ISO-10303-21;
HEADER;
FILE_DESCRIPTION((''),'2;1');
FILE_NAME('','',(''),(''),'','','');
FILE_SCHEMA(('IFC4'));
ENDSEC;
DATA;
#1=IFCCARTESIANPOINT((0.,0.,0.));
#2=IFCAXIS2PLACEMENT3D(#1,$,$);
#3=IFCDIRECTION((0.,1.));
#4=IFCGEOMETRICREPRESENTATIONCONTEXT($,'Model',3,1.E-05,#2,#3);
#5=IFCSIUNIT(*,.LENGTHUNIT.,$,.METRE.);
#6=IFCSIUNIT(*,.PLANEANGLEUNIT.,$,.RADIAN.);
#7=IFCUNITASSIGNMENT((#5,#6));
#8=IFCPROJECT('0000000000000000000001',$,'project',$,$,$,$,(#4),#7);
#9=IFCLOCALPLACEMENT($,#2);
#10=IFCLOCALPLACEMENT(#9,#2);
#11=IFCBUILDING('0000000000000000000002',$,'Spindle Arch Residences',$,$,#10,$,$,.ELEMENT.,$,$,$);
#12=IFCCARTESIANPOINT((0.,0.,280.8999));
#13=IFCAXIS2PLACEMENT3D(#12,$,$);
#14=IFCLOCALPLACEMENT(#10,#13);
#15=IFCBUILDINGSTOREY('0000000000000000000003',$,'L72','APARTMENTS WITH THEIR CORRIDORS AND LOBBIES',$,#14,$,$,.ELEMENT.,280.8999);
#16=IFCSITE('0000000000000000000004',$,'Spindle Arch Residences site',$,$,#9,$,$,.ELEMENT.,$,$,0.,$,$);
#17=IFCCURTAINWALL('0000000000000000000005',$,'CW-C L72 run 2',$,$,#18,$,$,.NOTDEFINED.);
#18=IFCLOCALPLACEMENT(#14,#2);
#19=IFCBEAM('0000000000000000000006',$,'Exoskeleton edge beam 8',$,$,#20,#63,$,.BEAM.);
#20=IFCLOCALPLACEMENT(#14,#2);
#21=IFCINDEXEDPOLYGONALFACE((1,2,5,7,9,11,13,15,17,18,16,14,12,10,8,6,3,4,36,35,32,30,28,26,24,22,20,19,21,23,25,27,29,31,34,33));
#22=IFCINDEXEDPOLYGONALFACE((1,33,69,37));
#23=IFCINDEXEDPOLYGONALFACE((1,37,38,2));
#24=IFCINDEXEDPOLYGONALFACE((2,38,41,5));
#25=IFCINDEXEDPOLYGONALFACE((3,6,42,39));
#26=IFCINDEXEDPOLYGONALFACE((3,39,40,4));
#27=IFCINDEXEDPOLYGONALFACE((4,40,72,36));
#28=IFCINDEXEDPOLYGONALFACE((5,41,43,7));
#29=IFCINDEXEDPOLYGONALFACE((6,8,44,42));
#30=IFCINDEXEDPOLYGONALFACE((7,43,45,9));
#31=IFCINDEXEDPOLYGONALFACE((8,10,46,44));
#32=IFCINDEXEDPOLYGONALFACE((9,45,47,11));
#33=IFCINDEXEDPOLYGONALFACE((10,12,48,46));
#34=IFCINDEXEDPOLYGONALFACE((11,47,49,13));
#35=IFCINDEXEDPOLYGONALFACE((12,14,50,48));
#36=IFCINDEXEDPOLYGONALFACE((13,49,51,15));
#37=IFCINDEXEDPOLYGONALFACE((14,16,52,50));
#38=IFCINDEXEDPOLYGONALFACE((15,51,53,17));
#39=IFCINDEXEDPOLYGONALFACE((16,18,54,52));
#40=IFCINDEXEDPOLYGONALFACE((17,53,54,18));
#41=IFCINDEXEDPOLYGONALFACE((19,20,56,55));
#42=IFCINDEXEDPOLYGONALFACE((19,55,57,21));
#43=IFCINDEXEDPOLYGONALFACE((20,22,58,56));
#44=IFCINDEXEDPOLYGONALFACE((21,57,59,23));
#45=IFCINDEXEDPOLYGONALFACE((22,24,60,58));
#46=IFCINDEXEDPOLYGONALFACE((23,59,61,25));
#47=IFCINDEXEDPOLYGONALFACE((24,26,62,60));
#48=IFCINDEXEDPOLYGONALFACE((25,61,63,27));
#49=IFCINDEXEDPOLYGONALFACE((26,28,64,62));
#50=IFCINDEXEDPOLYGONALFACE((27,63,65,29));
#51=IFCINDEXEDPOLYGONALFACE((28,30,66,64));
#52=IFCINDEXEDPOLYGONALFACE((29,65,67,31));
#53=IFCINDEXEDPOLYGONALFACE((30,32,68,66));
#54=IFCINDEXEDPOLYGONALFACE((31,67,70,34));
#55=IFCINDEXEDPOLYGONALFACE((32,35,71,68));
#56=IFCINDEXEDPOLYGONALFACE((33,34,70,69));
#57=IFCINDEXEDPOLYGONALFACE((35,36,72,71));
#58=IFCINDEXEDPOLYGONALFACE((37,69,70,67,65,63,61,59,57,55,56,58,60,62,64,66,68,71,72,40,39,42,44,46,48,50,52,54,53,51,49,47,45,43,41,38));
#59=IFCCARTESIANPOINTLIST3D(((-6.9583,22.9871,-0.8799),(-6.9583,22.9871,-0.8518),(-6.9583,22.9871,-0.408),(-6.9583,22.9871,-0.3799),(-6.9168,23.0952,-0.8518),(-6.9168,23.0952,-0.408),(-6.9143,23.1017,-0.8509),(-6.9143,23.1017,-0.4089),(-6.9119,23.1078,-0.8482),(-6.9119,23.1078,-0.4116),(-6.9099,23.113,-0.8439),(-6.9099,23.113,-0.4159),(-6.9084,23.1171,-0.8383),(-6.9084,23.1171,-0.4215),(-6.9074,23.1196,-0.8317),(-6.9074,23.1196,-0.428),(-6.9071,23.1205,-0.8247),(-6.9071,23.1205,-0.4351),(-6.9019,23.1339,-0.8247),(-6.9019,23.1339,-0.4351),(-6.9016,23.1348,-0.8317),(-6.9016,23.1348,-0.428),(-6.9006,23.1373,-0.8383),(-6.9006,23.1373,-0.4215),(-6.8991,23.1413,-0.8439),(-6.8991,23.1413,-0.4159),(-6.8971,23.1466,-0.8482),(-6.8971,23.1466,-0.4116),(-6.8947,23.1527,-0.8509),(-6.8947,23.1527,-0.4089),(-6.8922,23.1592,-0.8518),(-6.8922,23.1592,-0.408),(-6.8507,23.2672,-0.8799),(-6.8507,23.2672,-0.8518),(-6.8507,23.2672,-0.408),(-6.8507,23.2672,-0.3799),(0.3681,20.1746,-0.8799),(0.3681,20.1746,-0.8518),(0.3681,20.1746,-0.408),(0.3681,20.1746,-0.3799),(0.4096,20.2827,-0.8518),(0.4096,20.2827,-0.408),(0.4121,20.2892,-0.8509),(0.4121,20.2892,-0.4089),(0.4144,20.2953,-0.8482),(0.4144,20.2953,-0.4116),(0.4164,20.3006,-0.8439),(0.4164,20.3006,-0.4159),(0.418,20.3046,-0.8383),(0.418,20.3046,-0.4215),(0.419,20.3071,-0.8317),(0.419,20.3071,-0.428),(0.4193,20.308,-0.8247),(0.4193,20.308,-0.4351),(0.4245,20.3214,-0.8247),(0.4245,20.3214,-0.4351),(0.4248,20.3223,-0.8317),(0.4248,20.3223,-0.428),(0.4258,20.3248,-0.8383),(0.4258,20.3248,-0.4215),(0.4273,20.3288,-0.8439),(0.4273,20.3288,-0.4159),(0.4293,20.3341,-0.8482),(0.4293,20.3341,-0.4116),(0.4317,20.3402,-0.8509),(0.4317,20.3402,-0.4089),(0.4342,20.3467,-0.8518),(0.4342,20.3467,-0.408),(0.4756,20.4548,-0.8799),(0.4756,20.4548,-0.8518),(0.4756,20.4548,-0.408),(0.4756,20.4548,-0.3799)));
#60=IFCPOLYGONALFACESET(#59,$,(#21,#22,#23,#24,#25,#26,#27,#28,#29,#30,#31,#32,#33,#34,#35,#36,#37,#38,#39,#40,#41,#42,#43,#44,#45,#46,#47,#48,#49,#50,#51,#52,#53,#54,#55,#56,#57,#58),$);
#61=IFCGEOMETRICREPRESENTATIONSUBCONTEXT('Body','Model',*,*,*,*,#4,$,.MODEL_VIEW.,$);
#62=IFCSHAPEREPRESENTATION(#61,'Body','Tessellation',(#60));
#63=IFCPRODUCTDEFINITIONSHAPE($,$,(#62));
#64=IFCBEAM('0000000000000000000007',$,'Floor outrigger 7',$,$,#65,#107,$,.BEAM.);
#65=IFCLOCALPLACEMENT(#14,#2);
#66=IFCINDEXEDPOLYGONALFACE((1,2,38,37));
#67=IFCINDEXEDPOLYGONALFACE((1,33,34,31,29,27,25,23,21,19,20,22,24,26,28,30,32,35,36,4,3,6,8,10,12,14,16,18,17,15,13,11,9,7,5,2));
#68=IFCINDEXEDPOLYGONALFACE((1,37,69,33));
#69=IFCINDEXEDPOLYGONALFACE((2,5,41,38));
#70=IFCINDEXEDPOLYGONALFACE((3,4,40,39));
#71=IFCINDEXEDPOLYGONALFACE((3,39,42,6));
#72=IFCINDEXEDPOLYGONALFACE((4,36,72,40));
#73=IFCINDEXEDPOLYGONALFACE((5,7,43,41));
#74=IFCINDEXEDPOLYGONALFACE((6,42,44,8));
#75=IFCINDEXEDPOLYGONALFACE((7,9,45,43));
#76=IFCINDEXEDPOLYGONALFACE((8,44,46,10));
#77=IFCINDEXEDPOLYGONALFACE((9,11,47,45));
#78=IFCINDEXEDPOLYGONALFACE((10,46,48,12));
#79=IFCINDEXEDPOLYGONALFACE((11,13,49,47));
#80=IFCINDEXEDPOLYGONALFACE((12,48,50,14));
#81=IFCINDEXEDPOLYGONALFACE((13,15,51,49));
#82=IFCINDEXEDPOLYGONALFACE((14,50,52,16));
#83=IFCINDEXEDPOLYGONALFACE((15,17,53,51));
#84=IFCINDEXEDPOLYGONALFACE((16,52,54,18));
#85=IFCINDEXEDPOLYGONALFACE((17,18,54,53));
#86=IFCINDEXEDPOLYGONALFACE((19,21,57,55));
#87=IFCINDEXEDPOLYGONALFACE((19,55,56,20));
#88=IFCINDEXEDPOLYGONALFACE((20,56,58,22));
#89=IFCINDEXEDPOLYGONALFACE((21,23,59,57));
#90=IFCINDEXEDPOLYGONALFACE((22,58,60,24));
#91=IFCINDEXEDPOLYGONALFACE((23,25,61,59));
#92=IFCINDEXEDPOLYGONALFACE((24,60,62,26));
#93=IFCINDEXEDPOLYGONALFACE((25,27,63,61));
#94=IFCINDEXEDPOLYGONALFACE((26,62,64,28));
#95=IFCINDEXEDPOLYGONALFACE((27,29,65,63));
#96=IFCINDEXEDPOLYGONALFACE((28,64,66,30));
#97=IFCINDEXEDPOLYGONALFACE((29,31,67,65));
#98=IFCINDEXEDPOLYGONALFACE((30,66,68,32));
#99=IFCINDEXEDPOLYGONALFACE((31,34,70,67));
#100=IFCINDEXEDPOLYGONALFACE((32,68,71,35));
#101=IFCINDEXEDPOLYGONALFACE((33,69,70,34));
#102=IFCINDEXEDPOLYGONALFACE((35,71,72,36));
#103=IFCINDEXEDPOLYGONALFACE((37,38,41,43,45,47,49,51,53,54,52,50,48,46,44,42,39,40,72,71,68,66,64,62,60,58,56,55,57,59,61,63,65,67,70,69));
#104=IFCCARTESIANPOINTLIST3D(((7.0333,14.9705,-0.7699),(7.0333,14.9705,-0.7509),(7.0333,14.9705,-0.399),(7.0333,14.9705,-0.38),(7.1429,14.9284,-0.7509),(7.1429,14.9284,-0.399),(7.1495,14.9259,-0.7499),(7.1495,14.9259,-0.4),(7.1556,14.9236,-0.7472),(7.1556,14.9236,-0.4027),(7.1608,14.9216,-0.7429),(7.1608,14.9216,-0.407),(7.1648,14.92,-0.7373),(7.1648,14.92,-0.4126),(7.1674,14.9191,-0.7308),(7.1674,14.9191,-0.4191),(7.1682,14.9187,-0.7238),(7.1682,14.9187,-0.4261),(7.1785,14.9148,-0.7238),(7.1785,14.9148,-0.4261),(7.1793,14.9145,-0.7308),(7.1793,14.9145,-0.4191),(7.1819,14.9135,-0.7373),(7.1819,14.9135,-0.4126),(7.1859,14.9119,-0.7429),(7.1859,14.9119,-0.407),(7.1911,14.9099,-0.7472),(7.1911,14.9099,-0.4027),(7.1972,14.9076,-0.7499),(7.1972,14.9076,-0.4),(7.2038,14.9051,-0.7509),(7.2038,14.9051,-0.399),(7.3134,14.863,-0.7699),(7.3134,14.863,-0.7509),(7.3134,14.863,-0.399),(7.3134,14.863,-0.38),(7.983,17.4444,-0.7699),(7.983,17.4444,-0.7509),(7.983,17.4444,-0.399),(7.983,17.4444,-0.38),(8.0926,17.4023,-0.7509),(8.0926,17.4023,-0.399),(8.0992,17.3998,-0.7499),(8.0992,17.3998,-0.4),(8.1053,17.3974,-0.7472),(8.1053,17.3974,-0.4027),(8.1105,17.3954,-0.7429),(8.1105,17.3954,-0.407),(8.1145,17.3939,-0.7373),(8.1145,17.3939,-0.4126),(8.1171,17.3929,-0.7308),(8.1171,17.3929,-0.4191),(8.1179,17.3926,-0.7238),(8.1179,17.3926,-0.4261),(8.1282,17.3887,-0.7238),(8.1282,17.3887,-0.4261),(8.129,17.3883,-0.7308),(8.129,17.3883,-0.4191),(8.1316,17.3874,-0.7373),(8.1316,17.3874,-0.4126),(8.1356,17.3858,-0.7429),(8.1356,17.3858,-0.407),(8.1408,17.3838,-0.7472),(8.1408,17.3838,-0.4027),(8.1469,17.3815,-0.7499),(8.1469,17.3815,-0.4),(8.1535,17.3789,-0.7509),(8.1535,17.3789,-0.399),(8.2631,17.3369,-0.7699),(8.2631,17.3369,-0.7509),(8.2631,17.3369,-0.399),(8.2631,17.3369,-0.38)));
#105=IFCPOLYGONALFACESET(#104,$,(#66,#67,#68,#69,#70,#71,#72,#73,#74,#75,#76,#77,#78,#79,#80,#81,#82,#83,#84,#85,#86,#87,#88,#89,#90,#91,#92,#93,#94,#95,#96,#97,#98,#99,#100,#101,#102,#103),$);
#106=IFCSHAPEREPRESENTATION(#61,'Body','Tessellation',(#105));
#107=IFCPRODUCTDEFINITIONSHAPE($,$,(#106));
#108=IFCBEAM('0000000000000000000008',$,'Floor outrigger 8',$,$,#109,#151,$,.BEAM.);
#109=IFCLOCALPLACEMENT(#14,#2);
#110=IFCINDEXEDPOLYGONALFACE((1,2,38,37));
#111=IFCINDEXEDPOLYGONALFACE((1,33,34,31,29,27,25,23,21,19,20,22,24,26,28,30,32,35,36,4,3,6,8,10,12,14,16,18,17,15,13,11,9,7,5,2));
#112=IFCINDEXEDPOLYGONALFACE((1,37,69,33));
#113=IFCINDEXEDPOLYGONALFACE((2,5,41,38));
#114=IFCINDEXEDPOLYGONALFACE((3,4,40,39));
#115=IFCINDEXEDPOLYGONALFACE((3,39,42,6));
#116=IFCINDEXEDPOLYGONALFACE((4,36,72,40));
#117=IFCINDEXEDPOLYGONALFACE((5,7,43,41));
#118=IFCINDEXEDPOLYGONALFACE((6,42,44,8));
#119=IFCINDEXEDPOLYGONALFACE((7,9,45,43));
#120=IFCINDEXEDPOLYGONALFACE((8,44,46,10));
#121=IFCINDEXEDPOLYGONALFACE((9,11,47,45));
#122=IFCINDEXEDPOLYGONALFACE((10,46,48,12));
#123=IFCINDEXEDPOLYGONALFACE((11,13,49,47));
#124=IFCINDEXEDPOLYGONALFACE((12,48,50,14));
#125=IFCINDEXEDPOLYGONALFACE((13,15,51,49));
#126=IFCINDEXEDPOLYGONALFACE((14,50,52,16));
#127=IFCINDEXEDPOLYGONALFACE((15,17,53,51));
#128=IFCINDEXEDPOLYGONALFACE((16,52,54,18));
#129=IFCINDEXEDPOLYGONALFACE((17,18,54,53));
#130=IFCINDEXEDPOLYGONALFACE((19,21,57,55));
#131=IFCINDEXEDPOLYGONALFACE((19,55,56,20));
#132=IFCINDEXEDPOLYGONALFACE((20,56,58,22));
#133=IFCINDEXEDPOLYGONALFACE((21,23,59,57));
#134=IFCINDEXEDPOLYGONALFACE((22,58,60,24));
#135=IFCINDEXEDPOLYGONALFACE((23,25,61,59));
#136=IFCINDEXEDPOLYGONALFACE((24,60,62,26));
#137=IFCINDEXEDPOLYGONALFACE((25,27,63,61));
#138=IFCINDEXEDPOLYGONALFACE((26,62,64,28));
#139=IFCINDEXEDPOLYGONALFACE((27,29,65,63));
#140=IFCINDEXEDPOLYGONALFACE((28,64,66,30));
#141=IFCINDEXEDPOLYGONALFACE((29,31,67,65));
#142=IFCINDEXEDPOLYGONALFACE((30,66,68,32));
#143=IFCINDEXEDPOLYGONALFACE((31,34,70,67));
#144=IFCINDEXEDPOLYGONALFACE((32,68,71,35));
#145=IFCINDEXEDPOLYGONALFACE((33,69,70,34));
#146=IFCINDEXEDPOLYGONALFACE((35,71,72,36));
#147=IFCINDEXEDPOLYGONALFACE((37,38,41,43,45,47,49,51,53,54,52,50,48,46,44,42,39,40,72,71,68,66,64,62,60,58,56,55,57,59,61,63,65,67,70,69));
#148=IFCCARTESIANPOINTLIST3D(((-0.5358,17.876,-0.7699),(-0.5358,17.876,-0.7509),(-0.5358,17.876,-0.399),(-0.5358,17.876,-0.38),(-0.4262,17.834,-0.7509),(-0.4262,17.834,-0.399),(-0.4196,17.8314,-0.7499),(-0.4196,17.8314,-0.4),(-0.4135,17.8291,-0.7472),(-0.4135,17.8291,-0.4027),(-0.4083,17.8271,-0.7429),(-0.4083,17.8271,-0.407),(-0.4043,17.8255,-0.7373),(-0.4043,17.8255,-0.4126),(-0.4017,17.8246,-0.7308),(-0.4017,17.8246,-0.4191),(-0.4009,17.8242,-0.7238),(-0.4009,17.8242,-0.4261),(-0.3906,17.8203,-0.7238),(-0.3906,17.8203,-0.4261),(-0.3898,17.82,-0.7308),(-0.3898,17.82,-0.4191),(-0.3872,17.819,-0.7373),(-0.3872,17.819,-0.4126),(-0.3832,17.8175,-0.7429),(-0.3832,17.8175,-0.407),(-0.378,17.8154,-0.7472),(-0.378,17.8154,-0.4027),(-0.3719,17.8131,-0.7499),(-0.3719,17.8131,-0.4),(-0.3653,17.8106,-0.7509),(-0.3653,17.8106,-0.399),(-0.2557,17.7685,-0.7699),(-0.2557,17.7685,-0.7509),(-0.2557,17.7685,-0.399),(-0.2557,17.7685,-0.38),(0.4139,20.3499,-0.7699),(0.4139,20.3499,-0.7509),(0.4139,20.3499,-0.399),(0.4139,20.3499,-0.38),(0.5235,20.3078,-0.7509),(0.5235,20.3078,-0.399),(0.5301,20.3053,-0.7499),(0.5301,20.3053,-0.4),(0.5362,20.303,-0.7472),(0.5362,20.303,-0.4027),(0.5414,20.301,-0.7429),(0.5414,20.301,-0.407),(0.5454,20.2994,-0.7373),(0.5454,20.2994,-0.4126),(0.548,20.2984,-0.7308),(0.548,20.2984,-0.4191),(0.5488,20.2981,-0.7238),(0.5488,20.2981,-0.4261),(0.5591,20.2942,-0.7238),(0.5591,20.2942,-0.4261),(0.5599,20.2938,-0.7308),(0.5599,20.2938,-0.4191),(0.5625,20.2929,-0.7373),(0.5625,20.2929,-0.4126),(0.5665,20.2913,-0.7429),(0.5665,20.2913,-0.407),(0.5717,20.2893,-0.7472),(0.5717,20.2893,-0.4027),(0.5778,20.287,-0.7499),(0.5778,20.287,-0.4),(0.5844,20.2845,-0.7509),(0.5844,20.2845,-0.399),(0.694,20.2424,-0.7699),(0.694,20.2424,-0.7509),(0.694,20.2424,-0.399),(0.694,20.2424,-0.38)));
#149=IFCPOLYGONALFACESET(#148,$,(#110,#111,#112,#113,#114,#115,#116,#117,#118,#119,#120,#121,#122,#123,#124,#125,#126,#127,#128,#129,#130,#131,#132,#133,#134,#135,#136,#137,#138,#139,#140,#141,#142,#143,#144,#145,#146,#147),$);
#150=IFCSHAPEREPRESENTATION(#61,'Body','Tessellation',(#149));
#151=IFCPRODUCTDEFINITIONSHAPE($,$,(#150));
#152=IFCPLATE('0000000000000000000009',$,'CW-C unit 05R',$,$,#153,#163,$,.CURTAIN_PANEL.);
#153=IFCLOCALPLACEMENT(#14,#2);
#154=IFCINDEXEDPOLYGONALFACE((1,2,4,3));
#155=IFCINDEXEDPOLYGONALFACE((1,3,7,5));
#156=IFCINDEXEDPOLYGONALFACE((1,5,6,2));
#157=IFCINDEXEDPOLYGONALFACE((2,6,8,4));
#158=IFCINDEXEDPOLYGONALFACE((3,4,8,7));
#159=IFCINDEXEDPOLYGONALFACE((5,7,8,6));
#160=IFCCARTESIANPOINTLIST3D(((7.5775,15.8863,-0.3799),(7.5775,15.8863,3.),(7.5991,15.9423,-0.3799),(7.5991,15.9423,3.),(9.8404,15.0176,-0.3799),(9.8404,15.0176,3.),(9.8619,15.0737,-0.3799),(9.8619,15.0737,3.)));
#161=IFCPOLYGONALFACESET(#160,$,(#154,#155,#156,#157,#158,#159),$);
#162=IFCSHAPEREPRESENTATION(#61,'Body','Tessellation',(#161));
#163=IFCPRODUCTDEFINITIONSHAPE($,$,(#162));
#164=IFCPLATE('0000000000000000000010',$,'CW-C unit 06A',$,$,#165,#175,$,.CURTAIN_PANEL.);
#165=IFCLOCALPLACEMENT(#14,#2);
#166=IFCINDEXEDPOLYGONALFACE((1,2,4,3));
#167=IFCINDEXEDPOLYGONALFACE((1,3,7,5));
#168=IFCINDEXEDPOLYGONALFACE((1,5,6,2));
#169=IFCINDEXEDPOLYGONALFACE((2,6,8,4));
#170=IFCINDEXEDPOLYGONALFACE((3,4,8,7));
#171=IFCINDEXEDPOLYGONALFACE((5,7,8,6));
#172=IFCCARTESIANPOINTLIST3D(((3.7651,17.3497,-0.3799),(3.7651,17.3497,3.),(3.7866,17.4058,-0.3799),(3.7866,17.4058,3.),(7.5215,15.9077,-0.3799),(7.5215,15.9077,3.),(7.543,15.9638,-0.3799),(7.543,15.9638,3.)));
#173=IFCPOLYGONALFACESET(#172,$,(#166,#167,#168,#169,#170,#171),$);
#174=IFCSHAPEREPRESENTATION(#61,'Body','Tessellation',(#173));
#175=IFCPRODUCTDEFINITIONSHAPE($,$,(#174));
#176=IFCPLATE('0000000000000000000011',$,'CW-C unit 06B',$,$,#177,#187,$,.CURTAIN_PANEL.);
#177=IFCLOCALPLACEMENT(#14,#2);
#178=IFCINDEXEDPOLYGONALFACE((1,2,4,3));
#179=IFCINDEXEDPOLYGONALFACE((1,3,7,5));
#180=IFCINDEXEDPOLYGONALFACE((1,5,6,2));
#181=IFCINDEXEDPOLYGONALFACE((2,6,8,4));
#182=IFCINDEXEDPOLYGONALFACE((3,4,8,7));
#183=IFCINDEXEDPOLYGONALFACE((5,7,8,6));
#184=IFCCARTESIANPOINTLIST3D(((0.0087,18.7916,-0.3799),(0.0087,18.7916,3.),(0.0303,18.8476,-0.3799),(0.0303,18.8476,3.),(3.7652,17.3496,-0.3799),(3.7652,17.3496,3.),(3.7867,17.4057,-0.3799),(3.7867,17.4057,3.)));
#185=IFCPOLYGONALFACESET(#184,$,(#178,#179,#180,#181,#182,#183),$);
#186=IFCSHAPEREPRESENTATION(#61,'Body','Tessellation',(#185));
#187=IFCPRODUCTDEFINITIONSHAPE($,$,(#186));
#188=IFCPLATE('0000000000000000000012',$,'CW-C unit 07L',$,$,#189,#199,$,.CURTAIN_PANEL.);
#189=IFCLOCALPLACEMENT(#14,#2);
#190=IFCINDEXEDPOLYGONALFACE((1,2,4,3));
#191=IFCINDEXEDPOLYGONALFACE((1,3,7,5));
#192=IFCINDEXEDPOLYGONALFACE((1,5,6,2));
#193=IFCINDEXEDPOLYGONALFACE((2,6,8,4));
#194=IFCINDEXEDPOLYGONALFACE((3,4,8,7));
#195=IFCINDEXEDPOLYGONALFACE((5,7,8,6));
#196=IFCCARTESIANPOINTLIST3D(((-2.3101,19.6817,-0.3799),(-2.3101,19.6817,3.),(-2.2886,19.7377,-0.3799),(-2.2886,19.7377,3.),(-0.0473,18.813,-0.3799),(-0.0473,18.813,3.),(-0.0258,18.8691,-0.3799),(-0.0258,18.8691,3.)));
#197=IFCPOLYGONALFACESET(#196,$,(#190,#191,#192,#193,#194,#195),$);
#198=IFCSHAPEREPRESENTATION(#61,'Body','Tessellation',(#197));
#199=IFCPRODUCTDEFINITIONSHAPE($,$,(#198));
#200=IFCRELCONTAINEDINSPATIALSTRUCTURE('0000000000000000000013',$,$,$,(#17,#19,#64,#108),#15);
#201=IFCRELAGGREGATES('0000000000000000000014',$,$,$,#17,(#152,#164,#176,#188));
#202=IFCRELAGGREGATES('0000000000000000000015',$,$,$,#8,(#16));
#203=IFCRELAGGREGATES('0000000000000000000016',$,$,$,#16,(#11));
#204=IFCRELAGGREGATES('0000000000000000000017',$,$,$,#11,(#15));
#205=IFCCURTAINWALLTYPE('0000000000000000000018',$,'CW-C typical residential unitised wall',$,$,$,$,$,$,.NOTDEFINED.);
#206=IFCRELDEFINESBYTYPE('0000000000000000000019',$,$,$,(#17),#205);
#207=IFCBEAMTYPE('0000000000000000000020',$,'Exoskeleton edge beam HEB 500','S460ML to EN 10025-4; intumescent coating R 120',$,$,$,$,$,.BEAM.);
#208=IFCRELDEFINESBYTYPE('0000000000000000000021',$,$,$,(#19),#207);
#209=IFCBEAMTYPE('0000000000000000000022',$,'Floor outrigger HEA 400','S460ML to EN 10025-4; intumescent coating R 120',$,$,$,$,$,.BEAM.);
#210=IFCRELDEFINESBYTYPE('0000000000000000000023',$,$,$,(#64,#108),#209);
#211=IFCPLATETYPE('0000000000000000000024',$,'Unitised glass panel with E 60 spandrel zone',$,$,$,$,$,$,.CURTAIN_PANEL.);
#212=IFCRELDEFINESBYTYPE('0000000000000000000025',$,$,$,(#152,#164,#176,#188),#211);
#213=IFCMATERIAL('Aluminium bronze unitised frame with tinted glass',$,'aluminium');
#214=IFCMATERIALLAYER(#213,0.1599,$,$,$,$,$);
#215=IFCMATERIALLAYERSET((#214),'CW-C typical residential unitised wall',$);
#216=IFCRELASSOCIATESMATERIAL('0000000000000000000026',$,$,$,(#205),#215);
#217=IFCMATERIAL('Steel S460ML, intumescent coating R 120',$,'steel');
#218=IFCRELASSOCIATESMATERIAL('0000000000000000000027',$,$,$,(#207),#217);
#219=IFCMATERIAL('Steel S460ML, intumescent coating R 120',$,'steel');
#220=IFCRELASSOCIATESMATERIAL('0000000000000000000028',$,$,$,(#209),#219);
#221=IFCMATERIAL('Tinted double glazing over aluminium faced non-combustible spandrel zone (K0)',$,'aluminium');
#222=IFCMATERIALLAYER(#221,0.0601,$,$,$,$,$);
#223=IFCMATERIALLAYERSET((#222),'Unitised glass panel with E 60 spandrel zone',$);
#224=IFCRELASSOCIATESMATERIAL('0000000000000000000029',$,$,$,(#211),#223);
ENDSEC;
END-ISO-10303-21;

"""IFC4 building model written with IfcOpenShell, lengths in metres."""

from ifc_helpers import new_model, si_unit, direction, frame, origin, origin_2d, place, context, subcontext, project, spatial, rectangle, i_section, extrude, material, layer, layer_set, material_profile, profile_set, type_object, element, aggregate, save


model = new_model("IFC4")

# Units and contexts
model_context = context("Model", 3, precision=1e-05, world=origin(), true_north=direction((0.0, 1.0)))
body_context = subcontext(model_context, "Body", "Model", "MODEL_VIEW")
ifc_project = project(units=[si_unit("LENGTHUNIT", "METRE"), si_unit("PLANEANGLEUNIT", "RADIAN")], contexts=[model_context])

# Site, building, storey
site_placement = place(None, origin())
site = spatial("IfcSite", under=ifc_project, at=site_placement, Name="Spindle Arch Residences site", CompositionType="ELEMENT", RefElevation=0.0)
building_placement = place(site_placement, origin())
building = spatial("IfcBuilding", under=site, at=building_placement, Name="Spindle Arch Residences", CompositionType="ELEMENT")
storey_placement = place(building_placement, frame((0.0, 0.0, 280.8999)))
storey = spatial("IfcBuildingStorey", under=building, at=storey_placement, Name="L72", Description="APARTMENTS WITH THEIR CORRIDORS AND LOBBIES", CompositionType="ELEMENT", Elevation=280.8999)

# Curtain wall
ifc_material_1 = material(Name="Aluminium bronze unitised frame with tinted glass", Category="aluminium")
ifc_layer_1 = layer(ifc_material_1, 0.1599)
ifc_layer_set_1 = layer_set([ifc_layer_1], Name="CW-C typical residential unitised wall")
curtain_wall_type = type_object("IfcCurtainWallType", Name="CW-C typical residential unitised wall", PredefinedType="NOTDEFINED", material=ifc_layer_set_1)
curtain_wall_placement = place(storey_placement, origin())
curtain_wall = element("IfcCurtainWall", 1, at=curtain_wall_placement, inside=storey, type_object=curtain_wall_type, Name="CW-C L72 run 2", PredefinedType="NOTDEFINED")

# Beams
ifc_material_2 = material(Name="Steel S460ML, intumescent coating R 120", Category="steel")
ifc_material_profile_1 = material_profile(ifc_material_2, i_section(OverallWidth=0.3, OverallDepth=0.5, WebThickness=0.0144, FlangeThickness=0.0281, FilletRadius=0.0271, at=origin_2d()), Name="HEB 500")
ifc_profile_set_1 = profile_set([ifc_material_profile_1], Name="Steel S460ML, intumescent coating R 120")
beam_type_1 = type_object("IfcBeamType", Name="Exoskeleton edge beam HEB 500", Description="S460ML to EN 10025-4; intumescent coating R 120", PredefinedType="BEAM", material=ifc_profile_set_1)
for number, where, z_axis, x_axis, name in (
    (2, (0.4219, 20.3147, -0.6299), (-0.933574, 0.358385, 0.0), (-0.358385, -0.933574, 0.0), "Exoskeleton edge beam 8"),
):
    element("IfcBeam", number, at=place(storey_placement, frame(where, z_axis=z_axis, x_axis=x_axis)), inside=storey, type_object=beam_type_1, Name=name, PredefinedType="BEAM", context=body_context, shape_type="SweptSolid", body=[
        extrude(i_section(OverallWidth=0.3, OverallDepth=0.5, WebThickness=0.0144, FlangeThickness=0.0281, FilletRadius=0.0271, at=origin_2d()), origin(), (0.0, 0.0, 1.0), 7.8477),
    ])
ifc_material_3 = material(Name="Steel S460ML, intumescent coating R 120", Category="steel")
ifc_material_profile_2 = material_profile(ifc_material_3, i_section(OverallWidth=0.3, OverallDepth=0.3899, WebThickness=0.011, FlangeThickness=0.019, FilletRadius=0.0271, at=origin_2d()), Name="HEA 400")
ifc_profile_set_2 = profile_set([ifc_material_profile_2], Name="Steel S460ML, intumescent coating R 120")
beam_type_2 = type_object("IfcBeamType", Name="Floor outrigger HEA 400", Description="S460ML to EN 10025-4; intumescent coating R 120", PredefinedType="BEAM", material=ifc_profile_set_2)
for number, where, z_axis, x_axis, name in (
    (3, (8.123, 17.3906, -0.575), (-0.358392, -0.933571, 0.0), (0.933571, -0.358392, 0.0), "Floor outrigger 7"),
    (4, (0.554, 20.2961, -0.575), (-0.358392, -0.933571, 0.0), (0.933571, -0.358392, 0.0), "Floor outrigger 8"),
):
    element("IfcBeam", number, at=place(storey_placement, frame(where, z_axis=z_axis, x_axis=x_axis)), inside=storey, type_object=beam_type_2, Name=name, PredefinedType="BEAM", context=body_context, shape_type="SweptSolid", body=[
        extrude(i_section(OverallWidth=0.3, OverallDepth=0.3899, WebThickness=0.011, FlangeThickness=0.019, FilletRadius=0.0271, at=origin_2d()), origin(), (0.0, 0.0, 1.0), 2.6499),
    ])

# Plates
ifc_material_4 = material(Name="Tinted double glazing over aluminium faced non-combustible spandrel zone (K0)", Category="aluminium")
ifc_layer_2 = layer(ifc_material_4, 0.0601)
ifc_layer_set_2 = layer_set([ifc_layer_2], Name="Unitised glass panel with E 60 spandrel zone")
plate_type = type_object("IfcPlateType", Name="Unitised glass panel with E 60 spandrel zone", PredefinedType="CURTAIN_PANEL", material=ifc_layer_set_2)
plate_1_placement = place(storey_placement, frame((8.7197, 15.48, -0.3799), z_axis=(0.0, 0.0, 1.0), x_axis=(-0.93358, 0.358368, 0.0)))
plate_1 = element("IfcPlate", 5, at=plate_1_placement, type_object=plate_type, Name="CW-C unit 05R", PredefinedType="CURTAIN_PANEL", context=body_context, shape_type="SweptSolid", body=[
    extrude(rectangle(XDim=2.4238, YDim=0.0601, at=origin_2d()), origin(), (0.0, 0.0, 1.0), 3.3799),
])
plate_2_placement = place(storey_placement, frame((5.6541, 16.6567, -0.3799), z_axis=(0.0, 0.0, 1.0), x_axis=(-0.93358, 0.358368, 0.0)))
plate_2 = element("IfcPlate", 6, at=plate_2_placement, type_object=plate_type, Name="CW-C unit 06A", PredefinedType="CURTAIN_PANEL", context=body_context, shape_type="SweptSolid", body=[
    extrude(rectangle(XDim=4.0237, YDim=0.0601, at=origin_2d()), origin(), (0.0, 0.0, 1.0), 3.3799),
])
plate_3_placement = place(storey_placement, frame((1.8977, 18.0986, -0.3799), z_axis=(0.0, 0.0, 1.0), x_axis=(-0.93358, 0.358368, 0.0)))
plate_3 = element("IfcPlate", 7, at=plate_3_placement, type_object=plate_type, Name="CW-C unit 06B", PredefinedType="CURTAIN_PANEL", context=body_context, shape_type="SweptSolid", body=[
    extrude(rectangle(XDim=4.0237, YDim=0.0601, at=origin_2d()), origin(), (0.0, 0.0, 1.0), 3.3799),
])
plate_4_placement = place(storey_placement, frame((-1.168, 19.2754, -0.3799), z_axis=(0.0, 0.0, 1.0), x_axis=(-0.93358, 0.358368, 0.0)))
plate_4 = element("IfcPlate", 8, at=plate_4_placement, type_object=plate_type, Name="CW-C unit 07L", PredefinedType="CURTAIN_PANEL", context=body_context, shape_type="SweptSolid", body=[
    extrude(rectangle(XDim=2.4238, YDim=0.0601, at=origin_2d()), origin(), (0.0, 0.0, 1.0), 3.3799),
])
aggregate(curtain_wall, [plate_1, plate_2, plate_3, plate_4])

save(model, "model.ifc")
